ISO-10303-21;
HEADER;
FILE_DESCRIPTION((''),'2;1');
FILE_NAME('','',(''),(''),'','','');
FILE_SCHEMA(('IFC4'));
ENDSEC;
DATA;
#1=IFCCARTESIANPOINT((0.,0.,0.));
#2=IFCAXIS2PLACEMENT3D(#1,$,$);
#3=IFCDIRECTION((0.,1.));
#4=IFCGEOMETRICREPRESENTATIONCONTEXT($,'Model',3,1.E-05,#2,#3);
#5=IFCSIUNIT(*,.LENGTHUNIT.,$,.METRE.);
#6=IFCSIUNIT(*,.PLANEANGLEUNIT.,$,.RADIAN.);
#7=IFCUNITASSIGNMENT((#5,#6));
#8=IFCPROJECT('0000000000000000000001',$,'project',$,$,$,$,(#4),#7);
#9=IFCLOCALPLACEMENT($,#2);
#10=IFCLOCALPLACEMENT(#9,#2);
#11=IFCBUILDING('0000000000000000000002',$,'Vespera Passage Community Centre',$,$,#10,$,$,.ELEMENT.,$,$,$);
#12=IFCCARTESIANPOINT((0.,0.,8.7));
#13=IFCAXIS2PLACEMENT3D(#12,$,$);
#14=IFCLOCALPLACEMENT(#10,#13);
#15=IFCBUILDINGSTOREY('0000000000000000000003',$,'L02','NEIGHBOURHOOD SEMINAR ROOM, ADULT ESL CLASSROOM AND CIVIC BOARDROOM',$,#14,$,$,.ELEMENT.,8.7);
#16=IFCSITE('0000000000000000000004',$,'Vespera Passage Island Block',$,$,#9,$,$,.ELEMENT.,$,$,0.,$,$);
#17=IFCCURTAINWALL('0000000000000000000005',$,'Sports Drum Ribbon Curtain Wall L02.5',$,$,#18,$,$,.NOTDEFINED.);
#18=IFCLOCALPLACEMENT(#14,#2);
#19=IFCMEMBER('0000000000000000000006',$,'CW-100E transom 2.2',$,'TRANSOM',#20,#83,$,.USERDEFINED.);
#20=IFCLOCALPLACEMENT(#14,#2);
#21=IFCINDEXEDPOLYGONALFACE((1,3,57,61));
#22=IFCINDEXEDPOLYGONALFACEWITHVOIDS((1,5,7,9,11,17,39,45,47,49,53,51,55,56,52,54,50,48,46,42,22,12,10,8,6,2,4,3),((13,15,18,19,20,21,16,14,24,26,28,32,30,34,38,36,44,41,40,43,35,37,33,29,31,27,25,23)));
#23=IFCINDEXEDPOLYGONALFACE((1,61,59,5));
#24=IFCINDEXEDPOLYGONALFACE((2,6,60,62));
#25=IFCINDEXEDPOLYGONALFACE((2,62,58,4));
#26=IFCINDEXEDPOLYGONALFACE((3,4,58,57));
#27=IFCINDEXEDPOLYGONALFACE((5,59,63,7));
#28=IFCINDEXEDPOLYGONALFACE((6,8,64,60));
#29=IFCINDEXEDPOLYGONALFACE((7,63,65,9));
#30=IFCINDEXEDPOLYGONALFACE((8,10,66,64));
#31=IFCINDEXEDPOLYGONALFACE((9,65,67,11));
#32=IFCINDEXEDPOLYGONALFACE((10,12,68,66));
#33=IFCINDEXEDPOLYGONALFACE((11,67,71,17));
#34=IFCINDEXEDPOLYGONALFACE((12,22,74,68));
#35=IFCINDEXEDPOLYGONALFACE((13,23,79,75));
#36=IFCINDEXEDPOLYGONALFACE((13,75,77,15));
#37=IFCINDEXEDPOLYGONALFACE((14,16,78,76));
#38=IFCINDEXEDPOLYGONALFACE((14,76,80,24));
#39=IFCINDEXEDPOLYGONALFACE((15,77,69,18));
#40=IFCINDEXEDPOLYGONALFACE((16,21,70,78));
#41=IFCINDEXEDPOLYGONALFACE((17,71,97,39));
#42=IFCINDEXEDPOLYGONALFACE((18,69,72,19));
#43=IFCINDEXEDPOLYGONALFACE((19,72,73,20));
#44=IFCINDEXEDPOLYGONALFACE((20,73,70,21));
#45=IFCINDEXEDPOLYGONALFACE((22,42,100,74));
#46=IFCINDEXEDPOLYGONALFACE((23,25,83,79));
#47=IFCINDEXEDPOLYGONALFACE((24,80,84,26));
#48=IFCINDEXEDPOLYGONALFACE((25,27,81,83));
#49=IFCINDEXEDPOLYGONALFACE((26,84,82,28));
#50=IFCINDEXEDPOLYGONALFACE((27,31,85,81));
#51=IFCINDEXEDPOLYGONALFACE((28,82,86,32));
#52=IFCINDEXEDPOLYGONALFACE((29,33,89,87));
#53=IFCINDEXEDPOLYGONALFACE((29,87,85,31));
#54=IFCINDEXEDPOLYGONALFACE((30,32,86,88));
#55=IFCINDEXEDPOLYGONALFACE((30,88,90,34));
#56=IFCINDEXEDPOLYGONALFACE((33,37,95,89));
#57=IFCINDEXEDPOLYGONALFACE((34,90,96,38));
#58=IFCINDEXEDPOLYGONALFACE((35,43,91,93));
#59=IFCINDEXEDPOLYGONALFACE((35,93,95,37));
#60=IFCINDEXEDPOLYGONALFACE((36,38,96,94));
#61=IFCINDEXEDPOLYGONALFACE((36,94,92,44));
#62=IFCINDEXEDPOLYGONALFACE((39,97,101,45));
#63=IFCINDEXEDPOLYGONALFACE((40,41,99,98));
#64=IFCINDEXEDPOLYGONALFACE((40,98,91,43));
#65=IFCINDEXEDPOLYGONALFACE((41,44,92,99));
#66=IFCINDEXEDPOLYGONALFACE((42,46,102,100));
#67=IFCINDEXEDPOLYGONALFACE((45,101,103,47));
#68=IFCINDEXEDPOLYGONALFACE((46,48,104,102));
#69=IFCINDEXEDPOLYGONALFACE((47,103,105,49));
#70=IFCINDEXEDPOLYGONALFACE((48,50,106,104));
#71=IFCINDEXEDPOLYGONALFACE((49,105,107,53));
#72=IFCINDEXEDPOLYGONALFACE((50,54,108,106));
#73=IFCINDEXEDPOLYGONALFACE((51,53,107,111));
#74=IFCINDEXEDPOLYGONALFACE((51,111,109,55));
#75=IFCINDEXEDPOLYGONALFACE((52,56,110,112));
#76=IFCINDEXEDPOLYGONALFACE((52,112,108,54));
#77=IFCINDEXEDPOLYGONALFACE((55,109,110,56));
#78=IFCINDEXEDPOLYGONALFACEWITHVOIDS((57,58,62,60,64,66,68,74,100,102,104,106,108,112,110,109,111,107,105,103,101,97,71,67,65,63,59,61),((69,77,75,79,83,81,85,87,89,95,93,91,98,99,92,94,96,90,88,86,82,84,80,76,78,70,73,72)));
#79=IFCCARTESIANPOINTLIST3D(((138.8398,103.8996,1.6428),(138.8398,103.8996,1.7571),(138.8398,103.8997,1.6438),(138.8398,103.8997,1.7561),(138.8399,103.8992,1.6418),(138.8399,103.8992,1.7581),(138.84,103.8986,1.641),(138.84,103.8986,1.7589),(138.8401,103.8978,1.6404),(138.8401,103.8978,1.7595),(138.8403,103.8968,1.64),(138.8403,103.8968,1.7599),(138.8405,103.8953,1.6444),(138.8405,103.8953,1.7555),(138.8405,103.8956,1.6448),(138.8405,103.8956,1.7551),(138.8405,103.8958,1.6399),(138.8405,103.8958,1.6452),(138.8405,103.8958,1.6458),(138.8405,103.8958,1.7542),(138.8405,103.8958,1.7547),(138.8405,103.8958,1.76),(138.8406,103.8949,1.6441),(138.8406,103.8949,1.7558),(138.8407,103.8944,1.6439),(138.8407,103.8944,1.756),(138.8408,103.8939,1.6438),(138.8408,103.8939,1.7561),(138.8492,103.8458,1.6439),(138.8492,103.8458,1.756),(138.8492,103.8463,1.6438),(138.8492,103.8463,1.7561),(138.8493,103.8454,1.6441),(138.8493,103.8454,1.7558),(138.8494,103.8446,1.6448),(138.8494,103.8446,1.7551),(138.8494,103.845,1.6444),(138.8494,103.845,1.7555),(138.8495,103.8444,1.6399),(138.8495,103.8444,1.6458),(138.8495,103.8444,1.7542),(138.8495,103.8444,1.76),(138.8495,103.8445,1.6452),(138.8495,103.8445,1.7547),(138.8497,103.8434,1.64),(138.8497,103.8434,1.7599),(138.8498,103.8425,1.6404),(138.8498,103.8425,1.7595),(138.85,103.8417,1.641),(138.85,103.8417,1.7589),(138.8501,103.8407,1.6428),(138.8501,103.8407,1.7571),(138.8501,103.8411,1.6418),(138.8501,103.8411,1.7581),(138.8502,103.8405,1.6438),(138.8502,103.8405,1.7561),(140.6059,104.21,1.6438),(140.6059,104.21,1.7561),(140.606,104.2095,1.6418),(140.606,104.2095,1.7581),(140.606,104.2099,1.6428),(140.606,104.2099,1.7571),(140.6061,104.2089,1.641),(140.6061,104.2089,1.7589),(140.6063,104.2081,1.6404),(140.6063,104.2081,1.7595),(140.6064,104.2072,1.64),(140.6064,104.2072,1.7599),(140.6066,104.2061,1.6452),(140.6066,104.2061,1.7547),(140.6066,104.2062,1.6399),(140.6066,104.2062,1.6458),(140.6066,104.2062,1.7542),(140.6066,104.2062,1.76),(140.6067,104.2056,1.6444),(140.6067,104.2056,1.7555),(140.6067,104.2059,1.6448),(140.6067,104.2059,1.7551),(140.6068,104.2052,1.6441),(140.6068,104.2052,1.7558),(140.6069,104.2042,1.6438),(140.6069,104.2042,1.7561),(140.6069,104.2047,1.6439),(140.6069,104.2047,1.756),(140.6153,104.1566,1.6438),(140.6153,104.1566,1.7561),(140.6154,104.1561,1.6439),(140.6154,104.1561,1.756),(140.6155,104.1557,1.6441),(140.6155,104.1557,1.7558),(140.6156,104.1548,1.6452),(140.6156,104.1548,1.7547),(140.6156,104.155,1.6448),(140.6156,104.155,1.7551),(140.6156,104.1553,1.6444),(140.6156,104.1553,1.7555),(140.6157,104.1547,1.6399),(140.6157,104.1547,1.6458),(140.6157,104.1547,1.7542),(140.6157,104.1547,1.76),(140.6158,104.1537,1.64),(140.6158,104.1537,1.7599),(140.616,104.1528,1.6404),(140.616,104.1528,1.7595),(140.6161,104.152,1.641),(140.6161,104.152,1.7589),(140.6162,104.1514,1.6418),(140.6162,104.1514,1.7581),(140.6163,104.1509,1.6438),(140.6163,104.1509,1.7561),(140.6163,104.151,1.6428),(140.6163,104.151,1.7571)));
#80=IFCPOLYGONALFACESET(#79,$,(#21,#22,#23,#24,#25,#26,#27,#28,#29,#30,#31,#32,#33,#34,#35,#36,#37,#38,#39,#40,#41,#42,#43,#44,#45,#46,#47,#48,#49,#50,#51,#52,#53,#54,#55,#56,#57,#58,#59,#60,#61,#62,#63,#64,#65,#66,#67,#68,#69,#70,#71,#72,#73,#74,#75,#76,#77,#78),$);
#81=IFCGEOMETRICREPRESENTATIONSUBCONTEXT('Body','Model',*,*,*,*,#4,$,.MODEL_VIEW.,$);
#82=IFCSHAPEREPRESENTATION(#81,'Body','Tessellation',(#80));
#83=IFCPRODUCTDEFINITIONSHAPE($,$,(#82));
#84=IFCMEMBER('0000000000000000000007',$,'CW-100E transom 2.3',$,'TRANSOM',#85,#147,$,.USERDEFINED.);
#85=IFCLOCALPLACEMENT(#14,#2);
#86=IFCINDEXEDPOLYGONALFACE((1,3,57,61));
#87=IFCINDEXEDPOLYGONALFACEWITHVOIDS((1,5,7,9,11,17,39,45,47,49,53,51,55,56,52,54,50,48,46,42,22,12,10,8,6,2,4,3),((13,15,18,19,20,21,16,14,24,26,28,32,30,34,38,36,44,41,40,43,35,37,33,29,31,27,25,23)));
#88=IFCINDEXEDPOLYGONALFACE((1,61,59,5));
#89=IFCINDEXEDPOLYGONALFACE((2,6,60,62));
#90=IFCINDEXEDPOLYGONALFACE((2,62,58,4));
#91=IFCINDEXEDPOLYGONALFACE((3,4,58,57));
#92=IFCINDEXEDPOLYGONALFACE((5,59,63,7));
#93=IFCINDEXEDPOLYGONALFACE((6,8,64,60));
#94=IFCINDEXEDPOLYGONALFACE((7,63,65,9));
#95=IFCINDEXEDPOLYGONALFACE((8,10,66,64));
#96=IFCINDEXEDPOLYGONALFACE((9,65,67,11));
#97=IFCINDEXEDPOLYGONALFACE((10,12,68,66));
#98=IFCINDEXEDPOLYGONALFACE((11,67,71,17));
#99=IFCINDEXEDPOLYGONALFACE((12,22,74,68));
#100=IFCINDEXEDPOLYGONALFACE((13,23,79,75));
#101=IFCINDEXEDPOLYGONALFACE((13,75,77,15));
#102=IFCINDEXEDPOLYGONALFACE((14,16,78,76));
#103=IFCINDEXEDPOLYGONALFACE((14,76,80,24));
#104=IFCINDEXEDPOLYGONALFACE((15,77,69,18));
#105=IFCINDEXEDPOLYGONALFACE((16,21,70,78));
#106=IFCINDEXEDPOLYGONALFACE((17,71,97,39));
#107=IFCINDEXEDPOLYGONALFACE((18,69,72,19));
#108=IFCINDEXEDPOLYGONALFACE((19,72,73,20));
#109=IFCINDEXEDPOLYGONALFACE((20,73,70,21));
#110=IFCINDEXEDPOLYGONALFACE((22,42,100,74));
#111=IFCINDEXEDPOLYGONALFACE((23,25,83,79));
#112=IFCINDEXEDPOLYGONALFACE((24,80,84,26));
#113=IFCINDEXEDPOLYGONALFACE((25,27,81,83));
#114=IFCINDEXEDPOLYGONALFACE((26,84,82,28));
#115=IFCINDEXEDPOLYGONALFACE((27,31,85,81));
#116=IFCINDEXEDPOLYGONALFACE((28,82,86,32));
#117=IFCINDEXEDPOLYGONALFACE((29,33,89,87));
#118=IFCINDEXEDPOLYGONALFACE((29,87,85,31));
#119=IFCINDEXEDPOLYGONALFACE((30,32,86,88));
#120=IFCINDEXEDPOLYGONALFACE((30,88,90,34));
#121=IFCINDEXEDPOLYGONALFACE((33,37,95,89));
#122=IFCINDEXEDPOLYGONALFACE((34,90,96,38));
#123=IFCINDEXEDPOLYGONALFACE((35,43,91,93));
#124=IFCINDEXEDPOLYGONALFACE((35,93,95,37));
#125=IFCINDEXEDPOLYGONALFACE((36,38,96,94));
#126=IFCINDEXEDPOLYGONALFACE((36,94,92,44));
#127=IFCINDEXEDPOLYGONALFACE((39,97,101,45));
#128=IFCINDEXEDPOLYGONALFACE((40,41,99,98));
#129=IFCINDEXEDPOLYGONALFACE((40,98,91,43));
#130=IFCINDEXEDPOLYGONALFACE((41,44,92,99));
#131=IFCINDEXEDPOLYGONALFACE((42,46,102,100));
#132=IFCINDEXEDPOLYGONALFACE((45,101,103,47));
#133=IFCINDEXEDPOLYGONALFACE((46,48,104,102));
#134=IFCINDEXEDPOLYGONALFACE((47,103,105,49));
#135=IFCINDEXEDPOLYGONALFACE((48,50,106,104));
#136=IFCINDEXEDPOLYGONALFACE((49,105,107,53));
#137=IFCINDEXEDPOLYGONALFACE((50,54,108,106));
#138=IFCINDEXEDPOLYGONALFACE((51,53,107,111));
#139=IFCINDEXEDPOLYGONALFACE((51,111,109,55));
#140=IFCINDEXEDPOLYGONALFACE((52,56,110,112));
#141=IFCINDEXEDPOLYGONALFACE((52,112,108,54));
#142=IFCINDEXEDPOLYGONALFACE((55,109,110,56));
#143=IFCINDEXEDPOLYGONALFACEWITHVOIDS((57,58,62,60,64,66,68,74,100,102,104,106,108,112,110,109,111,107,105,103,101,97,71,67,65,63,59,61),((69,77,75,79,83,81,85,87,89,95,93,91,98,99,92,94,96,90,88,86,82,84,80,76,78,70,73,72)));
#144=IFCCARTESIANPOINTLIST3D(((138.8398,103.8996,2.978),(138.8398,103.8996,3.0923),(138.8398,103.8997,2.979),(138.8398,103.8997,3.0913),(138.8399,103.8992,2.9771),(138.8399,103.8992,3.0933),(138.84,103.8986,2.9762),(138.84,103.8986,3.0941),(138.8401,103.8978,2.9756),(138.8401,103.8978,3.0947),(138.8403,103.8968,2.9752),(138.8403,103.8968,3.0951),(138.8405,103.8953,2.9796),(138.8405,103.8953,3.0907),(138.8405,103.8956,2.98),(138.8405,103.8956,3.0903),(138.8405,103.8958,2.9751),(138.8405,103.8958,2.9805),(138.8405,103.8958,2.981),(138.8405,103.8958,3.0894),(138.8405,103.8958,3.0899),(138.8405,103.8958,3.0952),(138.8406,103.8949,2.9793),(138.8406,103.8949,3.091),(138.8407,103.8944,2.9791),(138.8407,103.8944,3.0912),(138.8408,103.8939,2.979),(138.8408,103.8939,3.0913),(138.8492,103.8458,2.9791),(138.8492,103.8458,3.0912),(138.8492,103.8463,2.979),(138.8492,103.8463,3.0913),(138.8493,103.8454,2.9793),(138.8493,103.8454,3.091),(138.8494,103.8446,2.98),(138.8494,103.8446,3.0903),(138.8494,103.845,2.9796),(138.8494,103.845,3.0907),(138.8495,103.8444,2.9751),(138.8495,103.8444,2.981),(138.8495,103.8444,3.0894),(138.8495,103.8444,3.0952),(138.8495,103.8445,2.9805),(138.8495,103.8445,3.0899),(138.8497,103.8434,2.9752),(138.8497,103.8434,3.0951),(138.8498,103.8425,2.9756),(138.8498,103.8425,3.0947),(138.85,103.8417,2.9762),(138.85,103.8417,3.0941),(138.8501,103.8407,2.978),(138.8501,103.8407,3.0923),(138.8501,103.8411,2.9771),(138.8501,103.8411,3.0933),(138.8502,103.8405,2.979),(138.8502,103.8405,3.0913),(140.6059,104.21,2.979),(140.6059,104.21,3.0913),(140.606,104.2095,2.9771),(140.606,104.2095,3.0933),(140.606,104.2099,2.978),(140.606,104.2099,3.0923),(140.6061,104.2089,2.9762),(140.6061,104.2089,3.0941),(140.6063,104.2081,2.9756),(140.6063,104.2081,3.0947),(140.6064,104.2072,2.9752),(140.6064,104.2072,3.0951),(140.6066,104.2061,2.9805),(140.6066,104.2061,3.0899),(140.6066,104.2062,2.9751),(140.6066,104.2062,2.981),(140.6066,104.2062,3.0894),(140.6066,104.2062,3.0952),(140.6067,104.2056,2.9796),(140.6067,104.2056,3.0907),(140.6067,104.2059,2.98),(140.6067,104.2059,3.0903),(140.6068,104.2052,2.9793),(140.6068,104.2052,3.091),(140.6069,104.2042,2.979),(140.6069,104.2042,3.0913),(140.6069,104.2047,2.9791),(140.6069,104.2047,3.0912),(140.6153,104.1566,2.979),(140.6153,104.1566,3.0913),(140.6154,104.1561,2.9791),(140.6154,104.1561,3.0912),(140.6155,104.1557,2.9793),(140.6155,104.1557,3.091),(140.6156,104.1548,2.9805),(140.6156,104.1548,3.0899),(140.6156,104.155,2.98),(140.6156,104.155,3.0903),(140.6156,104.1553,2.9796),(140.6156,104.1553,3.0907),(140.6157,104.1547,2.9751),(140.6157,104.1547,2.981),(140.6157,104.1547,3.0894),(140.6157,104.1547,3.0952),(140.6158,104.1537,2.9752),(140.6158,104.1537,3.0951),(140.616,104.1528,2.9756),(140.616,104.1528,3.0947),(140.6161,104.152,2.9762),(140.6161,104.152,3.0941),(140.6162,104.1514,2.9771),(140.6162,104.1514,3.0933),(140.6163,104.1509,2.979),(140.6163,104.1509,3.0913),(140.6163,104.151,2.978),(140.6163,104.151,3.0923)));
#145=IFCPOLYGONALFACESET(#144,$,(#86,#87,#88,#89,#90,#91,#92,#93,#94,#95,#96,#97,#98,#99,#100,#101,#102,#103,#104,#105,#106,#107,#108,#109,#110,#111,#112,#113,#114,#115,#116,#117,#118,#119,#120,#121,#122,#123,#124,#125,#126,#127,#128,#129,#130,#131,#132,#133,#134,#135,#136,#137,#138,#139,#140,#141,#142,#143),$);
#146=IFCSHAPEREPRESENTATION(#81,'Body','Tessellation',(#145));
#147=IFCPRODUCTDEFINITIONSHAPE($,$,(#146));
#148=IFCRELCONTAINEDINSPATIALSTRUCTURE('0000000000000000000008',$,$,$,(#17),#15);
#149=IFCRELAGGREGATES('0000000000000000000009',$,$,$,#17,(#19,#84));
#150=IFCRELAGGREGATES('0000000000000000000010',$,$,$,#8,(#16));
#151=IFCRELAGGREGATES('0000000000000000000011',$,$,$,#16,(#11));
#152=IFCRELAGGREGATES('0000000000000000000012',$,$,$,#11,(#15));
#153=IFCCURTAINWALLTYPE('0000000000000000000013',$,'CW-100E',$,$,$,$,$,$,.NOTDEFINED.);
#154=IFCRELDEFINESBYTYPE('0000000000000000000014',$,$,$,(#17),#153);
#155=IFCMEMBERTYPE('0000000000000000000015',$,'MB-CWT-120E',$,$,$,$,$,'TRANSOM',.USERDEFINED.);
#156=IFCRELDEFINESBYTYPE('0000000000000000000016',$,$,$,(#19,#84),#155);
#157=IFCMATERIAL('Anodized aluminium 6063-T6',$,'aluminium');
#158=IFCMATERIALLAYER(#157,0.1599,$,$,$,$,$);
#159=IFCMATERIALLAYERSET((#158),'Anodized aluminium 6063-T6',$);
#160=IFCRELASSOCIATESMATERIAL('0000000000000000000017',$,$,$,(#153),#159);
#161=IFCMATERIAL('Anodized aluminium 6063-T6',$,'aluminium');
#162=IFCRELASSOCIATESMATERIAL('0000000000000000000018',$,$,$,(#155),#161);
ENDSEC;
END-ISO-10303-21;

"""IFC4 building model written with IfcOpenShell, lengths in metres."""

from ifc_helpers import new_model, si_unit, direction, frame, origin, origin_2d, place, context, subcontext, project, spatial, hollow_rectangle, extrude, material, layer, layer_set, material_profile, profile_set, type_object, element, aggregate, save


model = new_model("IFC4")

# Units and contexts
model_context = context("Model", 3, precision=1e-05, world=origin(), true_north=direction((0.0, 1.0)))
body_context = subcontext(model_context, "Body", "Model", "MODEL_VIEW")
ifc_project = project(units=[si_unit("LENGTHUNIT", "METRE"), si_unit("PLANEANGLEUNIT", "RADIAN")], contexts=[model_context])

# Site, building, storey
site_placement = place(None, origin())
site = spatial("IfcSite", under=ifc_project, at=site_placement, Name="Vespera Passage Island Block", CompositionType="ELEMENT", RefElevation=0.0)
building_placement = place(site_placement, origin())
building = spatial("IfcBuilding", under=site, at=building_placement, Name="Vespera Passage Community Centre", CompositionType="ELEMENT")
storey_placement = place(building_placement, frame((0.0, 0.0, 8.7)))
storey = spatial("IfcBuildingStorey", under=building, at=storey_placement, Name="L02", Description="NEIGHBOURHOOD SEMINAR ROOM, ADULT ESL CLASSROOM AND CIVIC BOARDROOM", CompositionType="ELEMENT", Elevation=8.7)

# Curtain wall
ifc_material_1 = material(Name="Anodized aluminium 6063-T6", Category="aluminium")
ifc_layer_1 = layer(ifc_material_1, 0.1599)
ifc_layer_set_1 = layer_set([ifc_layer_1], Name="Anodized aluminium 6063-T6")
curtain_wall_type_1 = type_object("IfcCurtainWallType", Name="CW-100E", PredefinedType="NOTDEFINED", material=ifc_layer_set_1)
curtain_wall_1_placement = place(storey_placement, origin())
curtain_wall_1 = element("IfcCurtainWall", 1, at=curtain_wall_1_placement, inside=storey, type_object=curtain_wall_type_1, Name="Sports Drum Ribbon Curtain Wall L02.5", PredefinedType="NOTDEFINED")

# Members
ifc_material_2 = material(Name="Anodized aluminium 6063-T6", Category="aluminium")
ifc_material_profile_1 = material_profile(ifc_material_2, hollow_rectangle(XDim=0.0601, YDim=0.1201, WallThickness=0.0039, InnerFilletRadius=0.002, OuterFilletRadius=0.0039, at=origin_2d()), Name="ALU120X60X4")
ifc_profile_set_1 = profile_set([ifc_material_profile_1], Name="Anodized aluminium 6063-T6")
member_type_1 = type_object("IfcMemberType", Name="MB-CWT-120E", ElementType="TRANSOM", PredefinedType="USERDEFINED", material=ifc_profile_set_1)
member_1_placement = place(storey_placement, frame((138.845, 103.8701, 1.7), z_axis=(0.984913, 0.173047, 0.0), x_axis=(-0.173047, 0.984913, 0.0)))
member_1 = element("IfcMember", 2, at=member_1_placement, type_object=member_type_1, Name="CW-100E transom 2.2", ObjectType="TRANSOM", PredefinedType="USERDEFINED", context=body_context, shape_type="SweptSolid", body=[
    extrude(hollow_rectangle(XDim=0.0601, YDim=0.1201, WallThickness=0.0039, InnerFilletRadius=0.002, OuterFilletRadius=0.0039, at=origin_2d()), origin(), (0.0, 0.0, 1.0), 1.7932),
])
member_2_placement = place(storey_placement, frame((138.845, 103.8701, 3.0352), z_axis=(0.984913, 0.173047, 0.0), x_axis=(-0.173047, 0.984913, 0.0)))
member_2 = element("IfcMember", 3, at=member_2_placement, type_object=member_type_1, Name="CW-100E transom 2.3", ObjectType="TRANSOM", PredefinedType="USERDEFINED", context=body_context, shape_type="SweptSolid", body=[
    extrude(hollow_rectangle(XDim=0.0601, YDim=0.1201, WallThickness=0.0039, InnerFilletRadius=0.002, OuterFilletRadius=0.0039, at=origin_2d()), origin(), (0.0, 0.0, 1.0), 1.7932),
])

aggregate(curtain_wall_1, [member_1, member_2])

save(model, "model.ifc")
